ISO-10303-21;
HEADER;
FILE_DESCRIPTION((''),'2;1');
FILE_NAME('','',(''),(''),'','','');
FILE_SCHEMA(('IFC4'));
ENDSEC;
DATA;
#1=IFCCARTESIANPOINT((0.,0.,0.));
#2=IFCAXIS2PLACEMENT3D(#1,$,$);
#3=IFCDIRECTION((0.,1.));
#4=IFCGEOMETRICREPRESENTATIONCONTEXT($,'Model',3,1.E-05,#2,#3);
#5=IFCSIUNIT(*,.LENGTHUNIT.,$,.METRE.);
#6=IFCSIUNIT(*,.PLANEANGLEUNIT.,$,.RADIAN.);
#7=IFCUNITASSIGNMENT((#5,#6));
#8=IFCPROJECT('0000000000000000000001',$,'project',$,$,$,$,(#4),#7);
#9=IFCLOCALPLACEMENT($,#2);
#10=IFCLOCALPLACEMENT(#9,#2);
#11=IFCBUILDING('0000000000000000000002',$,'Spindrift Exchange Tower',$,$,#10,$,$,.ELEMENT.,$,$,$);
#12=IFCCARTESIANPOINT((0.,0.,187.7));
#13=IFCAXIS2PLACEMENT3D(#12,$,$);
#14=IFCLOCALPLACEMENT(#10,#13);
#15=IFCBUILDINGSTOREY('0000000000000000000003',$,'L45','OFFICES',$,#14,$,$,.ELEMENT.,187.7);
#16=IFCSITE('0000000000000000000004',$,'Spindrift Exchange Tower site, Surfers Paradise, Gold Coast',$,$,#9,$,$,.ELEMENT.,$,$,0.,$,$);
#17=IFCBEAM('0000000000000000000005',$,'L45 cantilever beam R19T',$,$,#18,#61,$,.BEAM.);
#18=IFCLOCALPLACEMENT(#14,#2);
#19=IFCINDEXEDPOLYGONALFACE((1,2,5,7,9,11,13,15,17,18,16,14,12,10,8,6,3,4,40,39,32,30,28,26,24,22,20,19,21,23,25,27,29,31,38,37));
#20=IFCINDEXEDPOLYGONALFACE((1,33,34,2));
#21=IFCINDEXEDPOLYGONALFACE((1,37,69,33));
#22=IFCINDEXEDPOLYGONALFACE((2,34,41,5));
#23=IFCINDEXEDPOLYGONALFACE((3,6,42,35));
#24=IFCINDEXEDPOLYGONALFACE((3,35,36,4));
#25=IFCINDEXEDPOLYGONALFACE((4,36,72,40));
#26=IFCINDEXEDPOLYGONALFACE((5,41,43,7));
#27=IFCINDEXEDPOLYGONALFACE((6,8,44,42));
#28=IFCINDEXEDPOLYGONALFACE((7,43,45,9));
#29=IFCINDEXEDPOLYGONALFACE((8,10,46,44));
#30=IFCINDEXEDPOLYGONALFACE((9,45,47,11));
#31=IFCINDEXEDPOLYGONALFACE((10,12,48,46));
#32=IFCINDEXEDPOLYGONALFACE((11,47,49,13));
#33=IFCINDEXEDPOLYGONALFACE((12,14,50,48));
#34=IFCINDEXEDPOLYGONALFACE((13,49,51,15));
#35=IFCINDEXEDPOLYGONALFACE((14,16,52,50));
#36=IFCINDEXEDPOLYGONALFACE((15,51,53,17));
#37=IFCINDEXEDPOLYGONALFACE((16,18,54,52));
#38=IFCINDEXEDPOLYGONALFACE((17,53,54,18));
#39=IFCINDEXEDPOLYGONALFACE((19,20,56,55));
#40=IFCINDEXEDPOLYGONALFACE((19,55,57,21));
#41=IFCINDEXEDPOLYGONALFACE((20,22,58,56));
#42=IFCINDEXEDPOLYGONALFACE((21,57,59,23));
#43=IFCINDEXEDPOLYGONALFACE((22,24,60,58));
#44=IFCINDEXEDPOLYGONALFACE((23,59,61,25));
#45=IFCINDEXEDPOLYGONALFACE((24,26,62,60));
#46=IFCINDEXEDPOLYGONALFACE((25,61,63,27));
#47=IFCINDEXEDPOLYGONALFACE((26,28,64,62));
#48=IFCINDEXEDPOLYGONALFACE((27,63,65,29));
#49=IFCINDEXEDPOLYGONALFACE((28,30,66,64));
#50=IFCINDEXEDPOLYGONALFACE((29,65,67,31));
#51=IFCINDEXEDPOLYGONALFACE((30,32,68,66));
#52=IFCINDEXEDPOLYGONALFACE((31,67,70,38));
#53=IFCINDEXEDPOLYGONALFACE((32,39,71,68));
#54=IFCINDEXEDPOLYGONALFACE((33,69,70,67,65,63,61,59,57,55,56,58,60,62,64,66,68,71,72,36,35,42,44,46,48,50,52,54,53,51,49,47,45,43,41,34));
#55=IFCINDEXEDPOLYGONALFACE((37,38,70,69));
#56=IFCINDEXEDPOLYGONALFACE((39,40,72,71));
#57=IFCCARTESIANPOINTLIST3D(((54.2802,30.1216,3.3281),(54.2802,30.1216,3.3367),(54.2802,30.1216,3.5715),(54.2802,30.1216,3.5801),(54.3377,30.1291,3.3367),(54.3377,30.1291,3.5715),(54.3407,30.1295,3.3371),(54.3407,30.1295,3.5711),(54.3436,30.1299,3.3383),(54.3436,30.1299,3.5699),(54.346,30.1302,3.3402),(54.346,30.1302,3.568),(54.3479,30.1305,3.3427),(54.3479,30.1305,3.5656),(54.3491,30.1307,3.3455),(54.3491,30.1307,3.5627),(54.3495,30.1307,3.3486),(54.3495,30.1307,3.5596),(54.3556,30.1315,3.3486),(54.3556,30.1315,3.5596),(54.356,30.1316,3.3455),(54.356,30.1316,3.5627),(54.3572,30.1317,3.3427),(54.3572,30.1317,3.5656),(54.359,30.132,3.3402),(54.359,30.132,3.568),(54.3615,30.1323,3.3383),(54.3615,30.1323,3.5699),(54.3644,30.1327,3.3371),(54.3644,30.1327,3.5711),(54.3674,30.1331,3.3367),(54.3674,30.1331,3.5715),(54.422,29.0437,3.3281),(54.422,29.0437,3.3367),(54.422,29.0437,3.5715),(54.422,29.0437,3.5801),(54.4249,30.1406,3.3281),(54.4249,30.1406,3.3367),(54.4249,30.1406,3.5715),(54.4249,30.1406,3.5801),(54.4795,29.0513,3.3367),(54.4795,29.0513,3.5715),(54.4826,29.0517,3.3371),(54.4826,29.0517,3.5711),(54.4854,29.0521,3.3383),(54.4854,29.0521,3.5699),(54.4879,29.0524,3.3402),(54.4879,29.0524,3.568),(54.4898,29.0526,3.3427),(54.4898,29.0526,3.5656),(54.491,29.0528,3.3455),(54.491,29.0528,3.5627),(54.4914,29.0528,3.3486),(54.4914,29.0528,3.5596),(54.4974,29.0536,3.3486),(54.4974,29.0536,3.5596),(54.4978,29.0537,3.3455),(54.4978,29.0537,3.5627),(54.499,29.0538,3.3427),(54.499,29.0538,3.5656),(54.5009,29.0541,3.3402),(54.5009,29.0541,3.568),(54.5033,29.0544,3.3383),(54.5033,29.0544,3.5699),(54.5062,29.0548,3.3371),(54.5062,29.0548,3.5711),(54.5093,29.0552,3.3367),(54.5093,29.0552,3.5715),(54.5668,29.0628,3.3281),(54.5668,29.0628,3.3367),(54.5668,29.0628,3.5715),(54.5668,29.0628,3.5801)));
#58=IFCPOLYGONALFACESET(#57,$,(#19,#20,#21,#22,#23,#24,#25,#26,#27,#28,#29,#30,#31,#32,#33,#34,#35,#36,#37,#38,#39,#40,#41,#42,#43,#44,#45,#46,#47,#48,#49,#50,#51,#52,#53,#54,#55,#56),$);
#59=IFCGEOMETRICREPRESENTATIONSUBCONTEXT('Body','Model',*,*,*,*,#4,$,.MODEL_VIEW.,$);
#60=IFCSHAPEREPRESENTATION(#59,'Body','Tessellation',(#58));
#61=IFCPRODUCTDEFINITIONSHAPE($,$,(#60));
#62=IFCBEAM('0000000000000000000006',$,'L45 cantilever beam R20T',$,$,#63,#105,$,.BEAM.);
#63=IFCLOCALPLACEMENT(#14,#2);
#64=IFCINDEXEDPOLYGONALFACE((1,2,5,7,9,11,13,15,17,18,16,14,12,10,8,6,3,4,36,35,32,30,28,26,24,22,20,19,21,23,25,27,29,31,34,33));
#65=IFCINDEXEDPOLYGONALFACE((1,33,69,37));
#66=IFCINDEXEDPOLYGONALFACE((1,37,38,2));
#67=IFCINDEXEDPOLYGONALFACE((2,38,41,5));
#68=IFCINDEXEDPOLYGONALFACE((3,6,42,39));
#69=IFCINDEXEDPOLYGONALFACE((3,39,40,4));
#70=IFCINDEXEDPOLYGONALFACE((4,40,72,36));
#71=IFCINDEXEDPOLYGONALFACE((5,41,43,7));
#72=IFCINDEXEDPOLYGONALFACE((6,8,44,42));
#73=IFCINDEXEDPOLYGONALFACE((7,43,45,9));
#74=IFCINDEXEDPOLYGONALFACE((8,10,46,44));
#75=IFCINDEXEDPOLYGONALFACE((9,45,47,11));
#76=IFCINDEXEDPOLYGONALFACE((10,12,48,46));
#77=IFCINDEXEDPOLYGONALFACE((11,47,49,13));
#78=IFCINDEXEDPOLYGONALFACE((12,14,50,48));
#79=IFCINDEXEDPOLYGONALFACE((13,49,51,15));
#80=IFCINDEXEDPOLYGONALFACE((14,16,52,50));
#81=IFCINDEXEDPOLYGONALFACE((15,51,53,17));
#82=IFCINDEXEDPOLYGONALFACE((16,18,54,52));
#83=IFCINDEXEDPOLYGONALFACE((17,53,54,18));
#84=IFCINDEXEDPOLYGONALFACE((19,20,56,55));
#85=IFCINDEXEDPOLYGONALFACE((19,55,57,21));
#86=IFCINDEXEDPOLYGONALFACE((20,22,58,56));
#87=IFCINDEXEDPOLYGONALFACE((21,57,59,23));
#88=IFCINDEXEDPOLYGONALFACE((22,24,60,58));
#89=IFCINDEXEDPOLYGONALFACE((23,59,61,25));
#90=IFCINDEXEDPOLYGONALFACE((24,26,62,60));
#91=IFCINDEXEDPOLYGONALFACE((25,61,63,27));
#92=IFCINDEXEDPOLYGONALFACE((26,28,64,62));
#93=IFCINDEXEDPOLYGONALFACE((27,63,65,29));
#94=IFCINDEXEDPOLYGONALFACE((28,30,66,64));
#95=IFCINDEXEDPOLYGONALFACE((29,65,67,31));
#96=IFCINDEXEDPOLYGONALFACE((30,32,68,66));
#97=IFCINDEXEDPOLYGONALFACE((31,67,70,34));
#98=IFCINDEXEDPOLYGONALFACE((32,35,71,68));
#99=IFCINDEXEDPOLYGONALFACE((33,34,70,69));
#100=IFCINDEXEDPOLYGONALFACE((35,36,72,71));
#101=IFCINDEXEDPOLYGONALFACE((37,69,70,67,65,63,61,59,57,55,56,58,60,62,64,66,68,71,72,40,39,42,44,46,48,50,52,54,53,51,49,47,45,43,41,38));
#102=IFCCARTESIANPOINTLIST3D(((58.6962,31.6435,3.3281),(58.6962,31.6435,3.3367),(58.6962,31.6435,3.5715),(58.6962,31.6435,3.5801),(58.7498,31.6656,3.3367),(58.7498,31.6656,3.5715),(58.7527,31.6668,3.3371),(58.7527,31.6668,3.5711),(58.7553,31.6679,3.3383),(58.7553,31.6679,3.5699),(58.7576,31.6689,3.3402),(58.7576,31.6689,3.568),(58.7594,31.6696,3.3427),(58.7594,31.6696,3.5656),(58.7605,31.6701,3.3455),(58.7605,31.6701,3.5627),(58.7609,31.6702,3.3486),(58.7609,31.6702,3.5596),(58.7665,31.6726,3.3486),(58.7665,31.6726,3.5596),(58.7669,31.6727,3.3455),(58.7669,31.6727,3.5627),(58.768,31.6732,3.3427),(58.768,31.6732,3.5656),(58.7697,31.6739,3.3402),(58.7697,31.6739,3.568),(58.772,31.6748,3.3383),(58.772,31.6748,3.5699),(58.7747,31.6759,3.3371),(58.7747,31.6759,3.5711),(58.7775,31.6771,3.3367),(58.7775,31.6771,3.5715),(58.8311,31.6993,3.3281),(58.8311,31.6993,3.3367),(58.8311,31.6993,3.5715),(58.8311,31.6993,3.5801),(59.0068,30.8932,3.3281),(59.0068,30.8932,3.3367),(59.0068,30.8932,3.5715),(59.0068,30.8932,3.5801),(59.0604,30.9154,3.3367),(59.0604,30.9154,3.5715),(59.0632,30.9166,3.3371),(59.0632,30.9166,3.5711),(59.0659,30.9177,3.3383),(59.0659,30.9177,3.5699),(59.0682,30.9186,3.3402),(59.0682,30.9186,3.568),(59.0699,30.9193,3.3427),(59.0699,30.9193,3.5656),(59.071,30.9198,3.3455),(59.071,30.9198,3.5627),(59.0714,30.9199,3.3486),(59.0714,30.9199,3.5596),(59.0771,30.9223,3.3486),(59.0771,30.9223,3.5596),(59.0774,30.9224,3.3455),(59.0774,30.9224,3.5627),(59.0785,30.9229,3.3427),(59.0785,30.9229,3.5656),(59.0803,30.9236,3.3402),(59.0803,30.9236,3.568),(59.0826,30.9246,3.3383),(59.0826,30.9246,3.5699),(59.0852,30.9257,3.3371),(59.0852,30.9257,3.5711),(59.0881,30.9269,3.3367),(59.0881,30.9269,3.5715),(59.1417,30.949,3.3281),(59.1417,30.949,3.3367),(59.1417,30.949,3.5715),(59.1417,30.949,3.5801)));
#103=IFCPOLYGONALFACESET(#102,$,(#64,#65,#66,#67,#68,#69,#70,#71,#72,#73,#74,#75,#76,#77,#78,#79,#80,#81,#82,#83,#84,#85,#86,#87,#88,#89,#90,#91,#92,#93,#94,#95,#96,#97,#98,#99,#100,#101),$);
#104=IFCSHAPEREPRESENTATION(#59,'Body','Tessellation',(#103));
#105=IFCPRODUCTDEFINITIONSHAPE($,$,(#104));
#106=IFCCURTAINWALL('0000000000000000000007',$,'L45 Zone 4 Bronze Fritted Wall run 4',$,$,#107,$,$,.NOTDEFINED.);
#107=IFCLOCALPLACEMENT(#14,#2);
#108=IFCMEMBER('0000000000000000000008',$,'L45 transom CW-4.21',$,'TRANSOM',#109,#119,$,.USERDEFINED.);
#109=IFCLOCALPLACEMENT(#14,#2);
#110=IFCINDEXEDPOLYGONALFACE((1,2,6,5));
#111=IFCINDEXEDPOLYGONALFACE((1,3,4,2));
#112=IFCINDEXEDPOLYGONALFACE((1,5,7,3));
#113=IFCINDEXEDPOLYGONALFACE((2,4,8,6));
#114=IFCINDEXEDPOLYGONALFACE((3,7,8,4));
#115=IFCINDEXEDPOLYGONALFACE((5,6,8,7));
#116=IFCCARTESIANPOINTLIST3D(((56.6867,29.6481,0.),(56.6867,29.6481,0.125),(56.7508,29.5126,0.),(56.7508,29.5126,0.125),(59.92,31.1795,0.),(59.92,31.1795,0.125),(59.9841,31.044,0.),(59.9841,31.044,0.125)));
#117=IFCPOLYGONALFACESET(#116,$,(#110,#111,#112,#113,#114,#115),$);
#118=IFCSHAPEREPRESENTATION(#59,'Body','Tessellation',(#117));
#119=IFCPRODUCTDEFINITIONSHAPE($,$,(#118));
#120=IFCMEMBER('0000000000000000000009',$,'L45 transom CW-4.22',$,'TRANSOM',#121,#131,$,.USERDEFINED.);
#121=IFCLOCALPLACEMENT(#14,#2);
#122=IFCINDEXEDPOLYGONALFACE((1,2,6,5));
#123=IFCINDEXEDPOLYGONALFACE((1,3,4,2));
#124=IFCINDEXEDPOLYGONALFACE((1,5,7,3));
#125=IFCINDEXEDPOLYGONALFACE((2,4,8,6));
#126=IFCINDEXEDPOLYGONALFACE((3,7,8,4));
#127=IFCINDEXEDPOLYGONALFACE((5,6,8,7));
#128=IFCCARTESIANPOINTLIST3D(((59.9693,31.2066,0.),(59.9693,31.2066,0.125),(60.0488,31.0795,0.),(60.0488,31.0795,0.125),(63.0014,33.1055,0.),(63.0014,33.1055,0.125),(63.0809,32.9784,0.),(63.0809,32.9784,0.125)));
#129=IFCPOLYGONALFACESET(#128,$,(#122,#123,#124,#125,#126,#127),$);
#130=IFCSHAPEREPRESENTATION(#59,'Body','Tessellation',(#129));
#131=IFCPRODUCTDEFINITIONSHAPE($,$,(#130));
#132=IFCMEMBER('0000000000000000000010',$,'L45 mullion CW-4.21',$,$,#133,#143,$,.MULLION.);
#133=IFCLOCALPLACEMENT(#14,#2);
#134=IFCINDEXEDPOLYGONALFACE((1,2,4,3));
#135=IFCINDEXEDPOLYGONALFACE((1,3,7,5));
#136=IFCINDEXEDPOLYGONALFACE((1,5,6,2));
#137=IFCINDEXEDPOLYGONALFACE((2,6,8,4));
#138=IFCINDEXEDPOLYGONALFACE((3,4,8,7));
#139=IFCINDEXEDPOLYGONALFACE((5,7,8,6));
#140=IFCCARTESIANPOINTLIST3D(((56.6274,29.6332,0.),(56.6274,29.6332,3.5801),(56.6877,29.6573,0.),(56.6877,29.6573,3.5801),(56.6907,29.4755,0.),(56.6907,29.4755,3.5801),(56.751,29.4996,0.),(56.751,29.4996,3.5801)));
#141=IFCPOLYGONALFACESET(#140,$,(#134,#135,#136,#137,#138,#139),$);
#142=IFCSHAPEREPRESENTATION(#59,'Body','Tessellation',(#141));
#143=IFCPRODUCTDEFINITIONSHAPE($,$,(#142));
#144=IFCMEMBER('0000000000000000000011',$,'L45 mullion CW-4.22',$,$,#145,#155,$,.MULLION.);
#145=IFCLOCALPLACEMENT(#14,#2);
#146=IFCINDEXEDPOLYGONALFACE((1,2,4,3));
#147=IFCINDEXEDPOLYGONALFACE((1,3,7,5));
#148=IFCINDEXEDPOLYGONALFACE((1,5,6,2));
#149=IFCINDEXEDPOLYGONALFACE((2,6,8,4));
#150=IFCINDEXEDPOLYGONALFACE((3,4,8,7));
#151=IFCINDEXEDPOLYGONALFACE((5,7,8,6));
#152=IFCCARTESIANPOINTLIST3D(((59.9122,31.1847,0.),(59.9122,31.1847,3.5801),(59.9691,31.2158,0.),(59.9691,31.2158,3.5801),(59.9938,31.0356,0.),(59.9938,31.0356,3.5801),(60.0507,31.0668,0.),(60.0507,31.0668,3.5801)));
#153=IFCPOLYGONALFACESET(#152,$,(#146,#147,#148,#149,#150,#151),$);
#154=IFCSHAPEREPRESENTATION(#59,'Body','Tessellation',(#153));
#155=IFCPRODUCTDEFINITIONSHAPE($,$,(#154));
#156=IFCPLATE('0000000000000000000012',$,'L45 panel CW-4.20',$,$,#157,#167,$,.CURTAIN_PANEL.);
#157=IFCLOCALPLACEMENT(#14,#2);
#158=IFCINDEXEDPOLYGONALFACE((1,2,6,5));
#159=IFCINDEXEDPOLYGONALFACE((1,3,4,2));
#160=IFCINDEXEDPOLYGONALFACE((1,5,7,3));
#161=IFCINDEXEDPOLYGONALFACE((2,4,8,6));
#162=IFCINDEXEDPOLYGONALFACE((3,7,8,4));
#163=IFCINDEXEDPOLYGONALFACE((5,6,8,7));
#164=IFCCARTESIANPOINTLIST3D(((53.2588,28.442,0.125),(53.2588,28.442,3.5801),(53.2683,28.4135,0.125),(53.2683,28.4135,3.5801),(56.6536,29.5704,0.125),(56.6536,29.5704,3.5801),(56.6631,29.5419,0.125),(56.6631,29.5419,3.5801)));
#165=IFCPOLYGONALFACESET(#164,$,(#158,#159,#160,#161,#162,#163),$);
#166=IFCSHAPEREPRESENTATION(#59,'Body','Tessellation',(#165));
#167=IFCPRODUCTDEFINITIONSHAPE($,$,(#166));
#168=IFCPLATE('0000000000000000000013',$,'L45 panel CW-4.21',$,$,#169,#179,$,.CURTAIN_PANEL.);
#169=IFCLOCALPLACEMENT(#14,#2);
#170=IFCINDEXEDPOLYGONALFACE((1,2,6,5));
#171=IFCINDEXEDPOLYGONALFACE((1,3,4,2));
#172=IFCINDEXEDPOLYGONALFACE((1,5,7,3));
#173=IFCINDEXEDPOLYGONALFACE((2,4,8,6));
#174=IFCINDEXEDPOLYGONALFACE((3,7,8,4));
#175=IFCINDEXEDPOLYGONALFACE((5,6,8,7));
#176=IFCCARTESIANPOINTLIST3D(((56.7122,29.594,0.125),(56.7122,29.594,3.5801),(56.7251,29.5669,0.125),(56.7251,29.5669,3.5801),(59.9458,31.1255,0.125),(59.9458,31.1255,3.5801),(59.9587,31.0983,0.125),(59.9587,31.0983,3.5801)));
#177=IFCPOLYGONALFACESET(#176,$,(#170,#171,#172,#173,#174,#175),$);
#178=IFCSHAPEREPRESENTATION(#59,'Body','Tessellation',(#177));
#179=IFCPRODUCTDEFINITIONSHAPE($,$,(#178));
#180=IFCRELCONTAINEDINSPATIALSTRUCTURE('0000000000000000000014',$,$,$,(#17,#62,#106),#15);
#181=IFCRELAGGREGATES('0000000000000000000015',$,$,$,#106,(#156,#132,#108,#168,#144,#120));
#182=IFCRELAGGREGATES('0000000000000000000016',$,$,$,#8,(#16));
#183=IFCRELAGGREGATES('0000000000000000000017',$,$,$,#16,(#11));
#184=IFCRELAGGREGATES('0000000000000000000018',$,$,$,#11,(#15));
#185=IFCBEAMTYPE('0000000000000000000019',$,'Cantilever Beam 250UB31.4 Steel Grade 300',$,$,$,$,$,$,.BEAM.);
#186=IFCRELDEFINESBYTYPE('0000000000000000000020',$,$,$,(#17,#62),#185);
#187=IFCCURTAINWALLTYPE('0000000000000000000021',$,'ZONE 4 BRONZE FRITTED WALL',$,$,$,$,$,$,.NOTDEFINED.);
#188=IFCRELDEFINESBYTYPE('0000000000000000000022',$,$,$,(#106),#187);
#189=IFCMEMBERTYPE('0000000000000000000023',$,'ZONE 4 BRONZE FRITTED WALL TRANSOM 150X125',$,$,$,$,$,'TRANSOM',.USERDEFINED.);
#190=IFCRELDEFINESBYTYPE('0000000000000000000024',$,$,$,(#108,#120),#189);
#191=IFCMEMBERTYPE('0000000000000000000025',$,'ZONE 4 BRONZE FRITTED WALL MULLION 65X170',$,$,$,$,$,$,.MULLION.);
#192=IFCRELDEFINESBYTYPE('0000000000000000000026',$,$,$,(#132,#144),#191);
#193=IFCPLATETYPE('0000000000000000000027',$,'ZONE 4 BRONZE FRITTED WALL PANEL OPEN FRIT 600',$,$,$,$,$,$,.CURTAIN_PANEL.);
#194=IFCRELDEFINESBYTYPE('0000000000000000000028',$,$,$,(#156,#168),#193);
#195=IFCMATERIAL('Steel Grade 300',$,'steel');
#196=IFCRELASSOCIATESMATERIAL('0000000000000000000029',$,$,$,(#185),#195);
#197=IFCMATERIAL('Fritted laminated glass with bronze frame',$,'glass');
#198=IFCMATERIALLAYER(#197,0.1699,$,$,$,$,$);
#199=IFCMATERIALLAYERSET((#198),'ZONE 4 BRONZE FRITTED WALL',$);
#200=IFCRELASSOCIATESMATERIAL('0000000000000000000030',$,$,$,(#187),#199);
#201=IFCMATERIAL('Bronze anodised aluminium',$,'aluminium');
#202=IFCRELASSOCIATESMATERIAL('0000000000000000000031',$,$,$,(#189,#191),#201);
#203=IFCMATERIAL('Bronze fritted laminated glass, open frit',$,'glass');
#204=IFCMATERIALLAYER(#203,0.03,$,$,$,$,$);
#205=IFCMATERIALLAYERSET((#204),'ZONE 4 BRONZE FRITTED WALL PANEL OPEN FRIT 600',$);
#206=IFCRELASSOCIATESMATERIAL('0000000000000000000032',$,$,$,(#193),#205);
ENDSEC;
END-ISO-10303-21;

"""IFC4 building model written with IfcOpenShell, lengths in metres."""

from ifc_helpers import new_model, si_unit, direction, frame, origin, origin_2d, place, context, subcontext, project, spatial, rectangle, i_section, extrude, source, transform, mapped, material, layer, layer_set, material_profile, profile_set, type_object, element, aggregate, save


model = new_model("IFC4")

# Units and contexts
model_context = context("Model", 3, precision=1e-05, world=origin(), true_north=direction((0.0, 1.0)))
body_context = subcontext(model_context, "Body", "Model", "MODEL_VIEW")
ifc_project = project(units=[si_unit("LENGTHUNIT", "METRE"), si_unit("PLANEANGLEUNIT", "RADIAN")], contexts=[model_context])

# Site, building, storey
site_placement = place(None, origin())
site = spatial("IfcSite", under=ifc_project, at=site_placement, Name="Spindrift Exchange Tower site, Surfers Paradise, Gold Coast", CompositionType="ELEMENT", RefElevation=0.0)
building_placement = place(site_placement, origin())
building = spatial("IfcBuilding", under=site, at=building_placement, Name="Spindrift Exchange Tower", CompositionType="ELEMENT")
storey_placement = place(building_placement, frame((0.0, 0.0, 187.7)))
storey = spatial("IfcBuildingStorey", under=building, at=storey_placement, Name="L45", Description="OFFICES", CompositionType="ELEMENT", Elevation=187.7)

# Beams
ifc_material_1 = material(Name="Steel Grade 300", Category="steel")
ifc_material_profile_1 = material_profile(ifc_material_1, i_section(OverallWidth=0.146, OverallDepth=0.252, WebThickness=0.0061, FlangeThickness=0.0085, FilletRadius=0.012, at=origin_2d()), Name="250UB31.4")
ifc_profile_set_1 = profile_set([ifc_material_profile_1], Name="Steel Grade 300")
beam_type_1 = type_object("IfcBeamType", Name="Cantilever Beam 250UB31.4 Steel Grade 300", PredefinedType="BEAM", material=ifc_profile_set_1)
shared_shape_1 = source(origin(), body_context, "Body", "SweptSolid", [
    extrude(i_section(OverallWidth=0.146, OverallDepth=0.252, WebThickness=0.0061, FlangeThickness=0.0085, FilletRadius=0.012, at=origin_2d()), origin(), (0.0, 0.0, 1.0), 1.0872),
])
beam_1_placement = place(storey_placement, frame((54.3525, 30.1311, 3.4541), z_axis=(0.130472, -0.991452, 0.0), x_axis=(0.991452, 0.130472, 0.0)))
element("IfcBeam", 1, at=beam_1_placement, inside=storey, type_object=beam_type_1, Name="L45 cantilever beam R19T", PredefinedType="BEAM", context=body_context, shape_type="MappedRepresentation", body=[
    mapped(shared_shape_1, transform((0.0, 0.0, 0.0), scale=1.0)),
])
shared_shape_2 = source(origin(), body_context, "Body", "SweptSolid", [
    extrude(i_section(OverallWidth=0.146, OverallDepth=0.252, WebThickness=0.0061, FlangeThickness=0.0085, FilletRadius=0.012, at=origin_2d()), origin(), (0.0, 0.0, 1.0), 0.812),
])
beam_2_placement = place(storey_placement, frame((58.7637, 31.6714, 3.4541), z_axis=(0.382458, -0.923973, 0.0), x_axis=(0.923973, 0.382458, 0.0)))
element("IfcBeam", 2, at=beam_2_placement, inside=storey, type_object=beam_type_1, Name="L45 cantilever beam R20T", PredefinedType="BEAM", context=body_context, shape_type="MappedRepresentation", body=[
    mapped(shared_shape_2, transform((0.0, 0.0, 0.0), scale=1.0)),
])

# Curtain wall, members, plates
ifc_material_2 = material(Name="Fritted laminated glass with bronze frame", Category="glass")
ifc_layer_1 = layer(ifc_material_2, 0.1699)
ifc_layer_set_1 = layer_set([ifc_layer_1], Name="ZONE 4 BRONZE FRITTED WALL")
curtain_wall_type = type_object("IfcCurtainWallType", Name="ZONE 4 BRONZE FRITTED WALL", PredefinedType="NOTDEFINED", material=ifc_layer_set_1)
curtain_wall_placement = place(storey_placement, origin())
curtain_wall = element("IfcCurtainWall", 3, at=curtain_wall_placement, inside=storey, type_object=curtain_wall_type, Name="L45 Zone 4 Bronze Fritted Wall run 4", PredefinedType="NOTDEFINED")
ifc_material_3 = material(Name="Bronze anodised aluminium", Category="aluminium")
ifc_material_profile_2 = material_profile(ifc_material_3, rectangle(XDim=0.1499, YDim=0.125, at=origin_2d()), Name="ZONE 4 BRONZE FRITTED WALL TRANSOM 150X125")
ifc_profile_set_2 = profile_set([ifc_material_profile_2], Name="Bronze anodised aluminium")
member_type_1 = type_object("IfcMemberType", Name="ZONE 4 BRONZE FRITTED WALL TRANSOM 150X125", ElementType="TRANSOM", PredefinedType="USERDEFINED", material=ifc_profile_set_2)
shared_shape_3 = source(origin(), body_context, "Body", "SweptSolid", [
    extrude(rectangle(XDim=0.1499, YDim=0.125, at=origin_2d()), origin(), (0.0, 0.0, 1.0), 3.5776),
])
member_1_placement = place(storey_placement, frame((56.7188, 29.5803, 0.0625), z_axis=(0.90375, 0.42806, 0.0), x_axis=(-0.42806, 0.90375, 0.0)))
member_1 = element("IfcMember", 4, at=member_1_placement, type_object=member_type_1, Name="L45 transom CW-4.21", ObjectType="TRANSOM", PredefinedType="USERDEFINED", context=body_context, shape_type="MappedRepresentation", body=[
    mapped(shared_shape_3, transform((0.0, 0.0, 0.0), scale=1.0)),
])
member_2_placement = place(storey_placement, frame((60.009, 31.1431, 0.0625), z_axis=(0.847523, 0.530759, 0.0), x_axis=(-0.530759, 0.847523, 0.0)))
member_2 = element("IfcMember", 5, at=member_2_placement, type_object=member_type_1, Name="L45 transom CW-4.22", ObjectType="TRANSOM", PredefinedType="USERDEFINED", context=body_context, shape_type="MappedRepresentation", body=[
    mapped(shared_shape_3, transform((0.0, 0.0, 0.0), scale=1.0)),
])
ifc_material_profile_3 = material_profile(ifc_material_3, rectangle(XDim=0.0649, YDim=0.1699, at=origin_2d()), Name="ZONE 4 BRONZE FRITTED WALL MULLION 65X170")
ifc_profile_set_3 = profile_set([ifc_material_profile_3], Name="Bronze anodised aluminium")
member_type_2 = type_object("IfcMemberType", Name="ZONE 4 BRONZE FRITTED WALL MULLION 65X170", PredefinedType="MULLION", material=ifc_profile_set_3)
shared_shape_4 = source(origin(), body_context, "Body", "SweptSolid", [
    extrude(rectangle(XDim=0.0649, YDim=0.1699, at=origin_2d()), origin(), (0.0, 0.0, 1.0), 3.5801),
])
member_3_placement = place(storey_placement, frame((56.6892, 29.5664, 0.0), z_axis=(0.0, 0.0, 1.0), x_axis=(0.92807, 0.372406, 0.0)))
member_3 = element("IfcMember", 6, at=member_3_placement, type_object=member_type_2, Name="L45 mullion CW-4.21", PredefinedType="MULLION", context=body_context, shape_type="MappedRepresentation", body=[
    mapped(shared_shape_4, transform((0.0, 0.0, 0.0), scale=1.0)),
])
member_4_placement = place(storey_placement, frame((59.9814, 31.1257, 0.0), z_axis=(0.0, 0.0, 1.0), x_axis=(0.877136, 0.480243, 0.0)))
member_4 = element("IfcMember", 7, at=member_4_placement, type_object=member_type_2, Name="L45 mullion CW-4.22", PredefinedType="MULLION", context=body_context, shape_type="MappedRepresentation", body=[
    mapped(shared_shape_4, transform((0.0, 0.0, 0.0), scale=1.0)),
])
ifc_material_4 = material(Name="Bronze fritted laminated glass, open frit", Category="glass")
ifc_layer_2 = layer(ifc_material_4, 0.03)
ifc_layer_set_2 = layer_set([ifc_layer_2], Name="ZONE 4 BRONZE FRITTED WALL PANEL OPEN FRIT 600")
plate_type_1 = type_object("IfcPlateType", Name="ZONE 4 BRONZE FRITTED WALL PANEL OPEN FRIT 600", PredefinedType="CURTAIN_PANEL", material=ifc_layer_set_2)
shared_shape_5 = source(origin(), body_context, "Body", "SweptSolid", [
    extrude(rectangle(XDim=3.5774, YDim=0.03, at=origin_2d()), origin(), (0.0, 0.0, 1.0), 3.4551),
])
plate_1_placement = place(storey_placement, frame((54.9609, 28.9919, 0.125), z_axis=(0.0, 0.0, 1.0), x_axis=(0.948955, 0.315412, 0.0)))
plate_1 = element("IfcPlate", 8, at=plate_1_placement, type_object=plate_type_1, Name="L45 panel CW-4.20", PredefinedType="CURTAIN_PANEL", context=body_context, shape_type="MappedRepresentation", body=[
    mapped(shared_shape_5, transform((0.0, 0.0, 0.0), scale=1.0)),
])
shared_shape_6 = source(origin(), body_context, "Body", "SweptSolid", [
    extrude(rectangle(XDim=3.5779, YDim=0.03, at=origin_2d()), origin(), (0.0, 0.0, 1.0), 3.4551),
])
plate_2_placement = place(storey_placement, frame((58.3354, 30.3462, 0.125), z_axis=(0.0, 0.0, 1.0), x_axis=(0.903766, 0.428027, 0.0)))
plate_2 = element("IfcPlate", 9, at=plate_2_placement, type_object=plate_type_1, Name="L45 panel CW-4.21", PredefinedType="CURTAIN_PANEL", context=body_context, shape_type="MappedRepresentation", body=[
    mapped(shared_shape_6, transform((0.0, 0.0, 0.0), scale=1.0)),
])
aggregate(curtain_wall, [plate_1, member_3, member_1, plate_2, member_4, member_2])

save(model, "model.ifc")
